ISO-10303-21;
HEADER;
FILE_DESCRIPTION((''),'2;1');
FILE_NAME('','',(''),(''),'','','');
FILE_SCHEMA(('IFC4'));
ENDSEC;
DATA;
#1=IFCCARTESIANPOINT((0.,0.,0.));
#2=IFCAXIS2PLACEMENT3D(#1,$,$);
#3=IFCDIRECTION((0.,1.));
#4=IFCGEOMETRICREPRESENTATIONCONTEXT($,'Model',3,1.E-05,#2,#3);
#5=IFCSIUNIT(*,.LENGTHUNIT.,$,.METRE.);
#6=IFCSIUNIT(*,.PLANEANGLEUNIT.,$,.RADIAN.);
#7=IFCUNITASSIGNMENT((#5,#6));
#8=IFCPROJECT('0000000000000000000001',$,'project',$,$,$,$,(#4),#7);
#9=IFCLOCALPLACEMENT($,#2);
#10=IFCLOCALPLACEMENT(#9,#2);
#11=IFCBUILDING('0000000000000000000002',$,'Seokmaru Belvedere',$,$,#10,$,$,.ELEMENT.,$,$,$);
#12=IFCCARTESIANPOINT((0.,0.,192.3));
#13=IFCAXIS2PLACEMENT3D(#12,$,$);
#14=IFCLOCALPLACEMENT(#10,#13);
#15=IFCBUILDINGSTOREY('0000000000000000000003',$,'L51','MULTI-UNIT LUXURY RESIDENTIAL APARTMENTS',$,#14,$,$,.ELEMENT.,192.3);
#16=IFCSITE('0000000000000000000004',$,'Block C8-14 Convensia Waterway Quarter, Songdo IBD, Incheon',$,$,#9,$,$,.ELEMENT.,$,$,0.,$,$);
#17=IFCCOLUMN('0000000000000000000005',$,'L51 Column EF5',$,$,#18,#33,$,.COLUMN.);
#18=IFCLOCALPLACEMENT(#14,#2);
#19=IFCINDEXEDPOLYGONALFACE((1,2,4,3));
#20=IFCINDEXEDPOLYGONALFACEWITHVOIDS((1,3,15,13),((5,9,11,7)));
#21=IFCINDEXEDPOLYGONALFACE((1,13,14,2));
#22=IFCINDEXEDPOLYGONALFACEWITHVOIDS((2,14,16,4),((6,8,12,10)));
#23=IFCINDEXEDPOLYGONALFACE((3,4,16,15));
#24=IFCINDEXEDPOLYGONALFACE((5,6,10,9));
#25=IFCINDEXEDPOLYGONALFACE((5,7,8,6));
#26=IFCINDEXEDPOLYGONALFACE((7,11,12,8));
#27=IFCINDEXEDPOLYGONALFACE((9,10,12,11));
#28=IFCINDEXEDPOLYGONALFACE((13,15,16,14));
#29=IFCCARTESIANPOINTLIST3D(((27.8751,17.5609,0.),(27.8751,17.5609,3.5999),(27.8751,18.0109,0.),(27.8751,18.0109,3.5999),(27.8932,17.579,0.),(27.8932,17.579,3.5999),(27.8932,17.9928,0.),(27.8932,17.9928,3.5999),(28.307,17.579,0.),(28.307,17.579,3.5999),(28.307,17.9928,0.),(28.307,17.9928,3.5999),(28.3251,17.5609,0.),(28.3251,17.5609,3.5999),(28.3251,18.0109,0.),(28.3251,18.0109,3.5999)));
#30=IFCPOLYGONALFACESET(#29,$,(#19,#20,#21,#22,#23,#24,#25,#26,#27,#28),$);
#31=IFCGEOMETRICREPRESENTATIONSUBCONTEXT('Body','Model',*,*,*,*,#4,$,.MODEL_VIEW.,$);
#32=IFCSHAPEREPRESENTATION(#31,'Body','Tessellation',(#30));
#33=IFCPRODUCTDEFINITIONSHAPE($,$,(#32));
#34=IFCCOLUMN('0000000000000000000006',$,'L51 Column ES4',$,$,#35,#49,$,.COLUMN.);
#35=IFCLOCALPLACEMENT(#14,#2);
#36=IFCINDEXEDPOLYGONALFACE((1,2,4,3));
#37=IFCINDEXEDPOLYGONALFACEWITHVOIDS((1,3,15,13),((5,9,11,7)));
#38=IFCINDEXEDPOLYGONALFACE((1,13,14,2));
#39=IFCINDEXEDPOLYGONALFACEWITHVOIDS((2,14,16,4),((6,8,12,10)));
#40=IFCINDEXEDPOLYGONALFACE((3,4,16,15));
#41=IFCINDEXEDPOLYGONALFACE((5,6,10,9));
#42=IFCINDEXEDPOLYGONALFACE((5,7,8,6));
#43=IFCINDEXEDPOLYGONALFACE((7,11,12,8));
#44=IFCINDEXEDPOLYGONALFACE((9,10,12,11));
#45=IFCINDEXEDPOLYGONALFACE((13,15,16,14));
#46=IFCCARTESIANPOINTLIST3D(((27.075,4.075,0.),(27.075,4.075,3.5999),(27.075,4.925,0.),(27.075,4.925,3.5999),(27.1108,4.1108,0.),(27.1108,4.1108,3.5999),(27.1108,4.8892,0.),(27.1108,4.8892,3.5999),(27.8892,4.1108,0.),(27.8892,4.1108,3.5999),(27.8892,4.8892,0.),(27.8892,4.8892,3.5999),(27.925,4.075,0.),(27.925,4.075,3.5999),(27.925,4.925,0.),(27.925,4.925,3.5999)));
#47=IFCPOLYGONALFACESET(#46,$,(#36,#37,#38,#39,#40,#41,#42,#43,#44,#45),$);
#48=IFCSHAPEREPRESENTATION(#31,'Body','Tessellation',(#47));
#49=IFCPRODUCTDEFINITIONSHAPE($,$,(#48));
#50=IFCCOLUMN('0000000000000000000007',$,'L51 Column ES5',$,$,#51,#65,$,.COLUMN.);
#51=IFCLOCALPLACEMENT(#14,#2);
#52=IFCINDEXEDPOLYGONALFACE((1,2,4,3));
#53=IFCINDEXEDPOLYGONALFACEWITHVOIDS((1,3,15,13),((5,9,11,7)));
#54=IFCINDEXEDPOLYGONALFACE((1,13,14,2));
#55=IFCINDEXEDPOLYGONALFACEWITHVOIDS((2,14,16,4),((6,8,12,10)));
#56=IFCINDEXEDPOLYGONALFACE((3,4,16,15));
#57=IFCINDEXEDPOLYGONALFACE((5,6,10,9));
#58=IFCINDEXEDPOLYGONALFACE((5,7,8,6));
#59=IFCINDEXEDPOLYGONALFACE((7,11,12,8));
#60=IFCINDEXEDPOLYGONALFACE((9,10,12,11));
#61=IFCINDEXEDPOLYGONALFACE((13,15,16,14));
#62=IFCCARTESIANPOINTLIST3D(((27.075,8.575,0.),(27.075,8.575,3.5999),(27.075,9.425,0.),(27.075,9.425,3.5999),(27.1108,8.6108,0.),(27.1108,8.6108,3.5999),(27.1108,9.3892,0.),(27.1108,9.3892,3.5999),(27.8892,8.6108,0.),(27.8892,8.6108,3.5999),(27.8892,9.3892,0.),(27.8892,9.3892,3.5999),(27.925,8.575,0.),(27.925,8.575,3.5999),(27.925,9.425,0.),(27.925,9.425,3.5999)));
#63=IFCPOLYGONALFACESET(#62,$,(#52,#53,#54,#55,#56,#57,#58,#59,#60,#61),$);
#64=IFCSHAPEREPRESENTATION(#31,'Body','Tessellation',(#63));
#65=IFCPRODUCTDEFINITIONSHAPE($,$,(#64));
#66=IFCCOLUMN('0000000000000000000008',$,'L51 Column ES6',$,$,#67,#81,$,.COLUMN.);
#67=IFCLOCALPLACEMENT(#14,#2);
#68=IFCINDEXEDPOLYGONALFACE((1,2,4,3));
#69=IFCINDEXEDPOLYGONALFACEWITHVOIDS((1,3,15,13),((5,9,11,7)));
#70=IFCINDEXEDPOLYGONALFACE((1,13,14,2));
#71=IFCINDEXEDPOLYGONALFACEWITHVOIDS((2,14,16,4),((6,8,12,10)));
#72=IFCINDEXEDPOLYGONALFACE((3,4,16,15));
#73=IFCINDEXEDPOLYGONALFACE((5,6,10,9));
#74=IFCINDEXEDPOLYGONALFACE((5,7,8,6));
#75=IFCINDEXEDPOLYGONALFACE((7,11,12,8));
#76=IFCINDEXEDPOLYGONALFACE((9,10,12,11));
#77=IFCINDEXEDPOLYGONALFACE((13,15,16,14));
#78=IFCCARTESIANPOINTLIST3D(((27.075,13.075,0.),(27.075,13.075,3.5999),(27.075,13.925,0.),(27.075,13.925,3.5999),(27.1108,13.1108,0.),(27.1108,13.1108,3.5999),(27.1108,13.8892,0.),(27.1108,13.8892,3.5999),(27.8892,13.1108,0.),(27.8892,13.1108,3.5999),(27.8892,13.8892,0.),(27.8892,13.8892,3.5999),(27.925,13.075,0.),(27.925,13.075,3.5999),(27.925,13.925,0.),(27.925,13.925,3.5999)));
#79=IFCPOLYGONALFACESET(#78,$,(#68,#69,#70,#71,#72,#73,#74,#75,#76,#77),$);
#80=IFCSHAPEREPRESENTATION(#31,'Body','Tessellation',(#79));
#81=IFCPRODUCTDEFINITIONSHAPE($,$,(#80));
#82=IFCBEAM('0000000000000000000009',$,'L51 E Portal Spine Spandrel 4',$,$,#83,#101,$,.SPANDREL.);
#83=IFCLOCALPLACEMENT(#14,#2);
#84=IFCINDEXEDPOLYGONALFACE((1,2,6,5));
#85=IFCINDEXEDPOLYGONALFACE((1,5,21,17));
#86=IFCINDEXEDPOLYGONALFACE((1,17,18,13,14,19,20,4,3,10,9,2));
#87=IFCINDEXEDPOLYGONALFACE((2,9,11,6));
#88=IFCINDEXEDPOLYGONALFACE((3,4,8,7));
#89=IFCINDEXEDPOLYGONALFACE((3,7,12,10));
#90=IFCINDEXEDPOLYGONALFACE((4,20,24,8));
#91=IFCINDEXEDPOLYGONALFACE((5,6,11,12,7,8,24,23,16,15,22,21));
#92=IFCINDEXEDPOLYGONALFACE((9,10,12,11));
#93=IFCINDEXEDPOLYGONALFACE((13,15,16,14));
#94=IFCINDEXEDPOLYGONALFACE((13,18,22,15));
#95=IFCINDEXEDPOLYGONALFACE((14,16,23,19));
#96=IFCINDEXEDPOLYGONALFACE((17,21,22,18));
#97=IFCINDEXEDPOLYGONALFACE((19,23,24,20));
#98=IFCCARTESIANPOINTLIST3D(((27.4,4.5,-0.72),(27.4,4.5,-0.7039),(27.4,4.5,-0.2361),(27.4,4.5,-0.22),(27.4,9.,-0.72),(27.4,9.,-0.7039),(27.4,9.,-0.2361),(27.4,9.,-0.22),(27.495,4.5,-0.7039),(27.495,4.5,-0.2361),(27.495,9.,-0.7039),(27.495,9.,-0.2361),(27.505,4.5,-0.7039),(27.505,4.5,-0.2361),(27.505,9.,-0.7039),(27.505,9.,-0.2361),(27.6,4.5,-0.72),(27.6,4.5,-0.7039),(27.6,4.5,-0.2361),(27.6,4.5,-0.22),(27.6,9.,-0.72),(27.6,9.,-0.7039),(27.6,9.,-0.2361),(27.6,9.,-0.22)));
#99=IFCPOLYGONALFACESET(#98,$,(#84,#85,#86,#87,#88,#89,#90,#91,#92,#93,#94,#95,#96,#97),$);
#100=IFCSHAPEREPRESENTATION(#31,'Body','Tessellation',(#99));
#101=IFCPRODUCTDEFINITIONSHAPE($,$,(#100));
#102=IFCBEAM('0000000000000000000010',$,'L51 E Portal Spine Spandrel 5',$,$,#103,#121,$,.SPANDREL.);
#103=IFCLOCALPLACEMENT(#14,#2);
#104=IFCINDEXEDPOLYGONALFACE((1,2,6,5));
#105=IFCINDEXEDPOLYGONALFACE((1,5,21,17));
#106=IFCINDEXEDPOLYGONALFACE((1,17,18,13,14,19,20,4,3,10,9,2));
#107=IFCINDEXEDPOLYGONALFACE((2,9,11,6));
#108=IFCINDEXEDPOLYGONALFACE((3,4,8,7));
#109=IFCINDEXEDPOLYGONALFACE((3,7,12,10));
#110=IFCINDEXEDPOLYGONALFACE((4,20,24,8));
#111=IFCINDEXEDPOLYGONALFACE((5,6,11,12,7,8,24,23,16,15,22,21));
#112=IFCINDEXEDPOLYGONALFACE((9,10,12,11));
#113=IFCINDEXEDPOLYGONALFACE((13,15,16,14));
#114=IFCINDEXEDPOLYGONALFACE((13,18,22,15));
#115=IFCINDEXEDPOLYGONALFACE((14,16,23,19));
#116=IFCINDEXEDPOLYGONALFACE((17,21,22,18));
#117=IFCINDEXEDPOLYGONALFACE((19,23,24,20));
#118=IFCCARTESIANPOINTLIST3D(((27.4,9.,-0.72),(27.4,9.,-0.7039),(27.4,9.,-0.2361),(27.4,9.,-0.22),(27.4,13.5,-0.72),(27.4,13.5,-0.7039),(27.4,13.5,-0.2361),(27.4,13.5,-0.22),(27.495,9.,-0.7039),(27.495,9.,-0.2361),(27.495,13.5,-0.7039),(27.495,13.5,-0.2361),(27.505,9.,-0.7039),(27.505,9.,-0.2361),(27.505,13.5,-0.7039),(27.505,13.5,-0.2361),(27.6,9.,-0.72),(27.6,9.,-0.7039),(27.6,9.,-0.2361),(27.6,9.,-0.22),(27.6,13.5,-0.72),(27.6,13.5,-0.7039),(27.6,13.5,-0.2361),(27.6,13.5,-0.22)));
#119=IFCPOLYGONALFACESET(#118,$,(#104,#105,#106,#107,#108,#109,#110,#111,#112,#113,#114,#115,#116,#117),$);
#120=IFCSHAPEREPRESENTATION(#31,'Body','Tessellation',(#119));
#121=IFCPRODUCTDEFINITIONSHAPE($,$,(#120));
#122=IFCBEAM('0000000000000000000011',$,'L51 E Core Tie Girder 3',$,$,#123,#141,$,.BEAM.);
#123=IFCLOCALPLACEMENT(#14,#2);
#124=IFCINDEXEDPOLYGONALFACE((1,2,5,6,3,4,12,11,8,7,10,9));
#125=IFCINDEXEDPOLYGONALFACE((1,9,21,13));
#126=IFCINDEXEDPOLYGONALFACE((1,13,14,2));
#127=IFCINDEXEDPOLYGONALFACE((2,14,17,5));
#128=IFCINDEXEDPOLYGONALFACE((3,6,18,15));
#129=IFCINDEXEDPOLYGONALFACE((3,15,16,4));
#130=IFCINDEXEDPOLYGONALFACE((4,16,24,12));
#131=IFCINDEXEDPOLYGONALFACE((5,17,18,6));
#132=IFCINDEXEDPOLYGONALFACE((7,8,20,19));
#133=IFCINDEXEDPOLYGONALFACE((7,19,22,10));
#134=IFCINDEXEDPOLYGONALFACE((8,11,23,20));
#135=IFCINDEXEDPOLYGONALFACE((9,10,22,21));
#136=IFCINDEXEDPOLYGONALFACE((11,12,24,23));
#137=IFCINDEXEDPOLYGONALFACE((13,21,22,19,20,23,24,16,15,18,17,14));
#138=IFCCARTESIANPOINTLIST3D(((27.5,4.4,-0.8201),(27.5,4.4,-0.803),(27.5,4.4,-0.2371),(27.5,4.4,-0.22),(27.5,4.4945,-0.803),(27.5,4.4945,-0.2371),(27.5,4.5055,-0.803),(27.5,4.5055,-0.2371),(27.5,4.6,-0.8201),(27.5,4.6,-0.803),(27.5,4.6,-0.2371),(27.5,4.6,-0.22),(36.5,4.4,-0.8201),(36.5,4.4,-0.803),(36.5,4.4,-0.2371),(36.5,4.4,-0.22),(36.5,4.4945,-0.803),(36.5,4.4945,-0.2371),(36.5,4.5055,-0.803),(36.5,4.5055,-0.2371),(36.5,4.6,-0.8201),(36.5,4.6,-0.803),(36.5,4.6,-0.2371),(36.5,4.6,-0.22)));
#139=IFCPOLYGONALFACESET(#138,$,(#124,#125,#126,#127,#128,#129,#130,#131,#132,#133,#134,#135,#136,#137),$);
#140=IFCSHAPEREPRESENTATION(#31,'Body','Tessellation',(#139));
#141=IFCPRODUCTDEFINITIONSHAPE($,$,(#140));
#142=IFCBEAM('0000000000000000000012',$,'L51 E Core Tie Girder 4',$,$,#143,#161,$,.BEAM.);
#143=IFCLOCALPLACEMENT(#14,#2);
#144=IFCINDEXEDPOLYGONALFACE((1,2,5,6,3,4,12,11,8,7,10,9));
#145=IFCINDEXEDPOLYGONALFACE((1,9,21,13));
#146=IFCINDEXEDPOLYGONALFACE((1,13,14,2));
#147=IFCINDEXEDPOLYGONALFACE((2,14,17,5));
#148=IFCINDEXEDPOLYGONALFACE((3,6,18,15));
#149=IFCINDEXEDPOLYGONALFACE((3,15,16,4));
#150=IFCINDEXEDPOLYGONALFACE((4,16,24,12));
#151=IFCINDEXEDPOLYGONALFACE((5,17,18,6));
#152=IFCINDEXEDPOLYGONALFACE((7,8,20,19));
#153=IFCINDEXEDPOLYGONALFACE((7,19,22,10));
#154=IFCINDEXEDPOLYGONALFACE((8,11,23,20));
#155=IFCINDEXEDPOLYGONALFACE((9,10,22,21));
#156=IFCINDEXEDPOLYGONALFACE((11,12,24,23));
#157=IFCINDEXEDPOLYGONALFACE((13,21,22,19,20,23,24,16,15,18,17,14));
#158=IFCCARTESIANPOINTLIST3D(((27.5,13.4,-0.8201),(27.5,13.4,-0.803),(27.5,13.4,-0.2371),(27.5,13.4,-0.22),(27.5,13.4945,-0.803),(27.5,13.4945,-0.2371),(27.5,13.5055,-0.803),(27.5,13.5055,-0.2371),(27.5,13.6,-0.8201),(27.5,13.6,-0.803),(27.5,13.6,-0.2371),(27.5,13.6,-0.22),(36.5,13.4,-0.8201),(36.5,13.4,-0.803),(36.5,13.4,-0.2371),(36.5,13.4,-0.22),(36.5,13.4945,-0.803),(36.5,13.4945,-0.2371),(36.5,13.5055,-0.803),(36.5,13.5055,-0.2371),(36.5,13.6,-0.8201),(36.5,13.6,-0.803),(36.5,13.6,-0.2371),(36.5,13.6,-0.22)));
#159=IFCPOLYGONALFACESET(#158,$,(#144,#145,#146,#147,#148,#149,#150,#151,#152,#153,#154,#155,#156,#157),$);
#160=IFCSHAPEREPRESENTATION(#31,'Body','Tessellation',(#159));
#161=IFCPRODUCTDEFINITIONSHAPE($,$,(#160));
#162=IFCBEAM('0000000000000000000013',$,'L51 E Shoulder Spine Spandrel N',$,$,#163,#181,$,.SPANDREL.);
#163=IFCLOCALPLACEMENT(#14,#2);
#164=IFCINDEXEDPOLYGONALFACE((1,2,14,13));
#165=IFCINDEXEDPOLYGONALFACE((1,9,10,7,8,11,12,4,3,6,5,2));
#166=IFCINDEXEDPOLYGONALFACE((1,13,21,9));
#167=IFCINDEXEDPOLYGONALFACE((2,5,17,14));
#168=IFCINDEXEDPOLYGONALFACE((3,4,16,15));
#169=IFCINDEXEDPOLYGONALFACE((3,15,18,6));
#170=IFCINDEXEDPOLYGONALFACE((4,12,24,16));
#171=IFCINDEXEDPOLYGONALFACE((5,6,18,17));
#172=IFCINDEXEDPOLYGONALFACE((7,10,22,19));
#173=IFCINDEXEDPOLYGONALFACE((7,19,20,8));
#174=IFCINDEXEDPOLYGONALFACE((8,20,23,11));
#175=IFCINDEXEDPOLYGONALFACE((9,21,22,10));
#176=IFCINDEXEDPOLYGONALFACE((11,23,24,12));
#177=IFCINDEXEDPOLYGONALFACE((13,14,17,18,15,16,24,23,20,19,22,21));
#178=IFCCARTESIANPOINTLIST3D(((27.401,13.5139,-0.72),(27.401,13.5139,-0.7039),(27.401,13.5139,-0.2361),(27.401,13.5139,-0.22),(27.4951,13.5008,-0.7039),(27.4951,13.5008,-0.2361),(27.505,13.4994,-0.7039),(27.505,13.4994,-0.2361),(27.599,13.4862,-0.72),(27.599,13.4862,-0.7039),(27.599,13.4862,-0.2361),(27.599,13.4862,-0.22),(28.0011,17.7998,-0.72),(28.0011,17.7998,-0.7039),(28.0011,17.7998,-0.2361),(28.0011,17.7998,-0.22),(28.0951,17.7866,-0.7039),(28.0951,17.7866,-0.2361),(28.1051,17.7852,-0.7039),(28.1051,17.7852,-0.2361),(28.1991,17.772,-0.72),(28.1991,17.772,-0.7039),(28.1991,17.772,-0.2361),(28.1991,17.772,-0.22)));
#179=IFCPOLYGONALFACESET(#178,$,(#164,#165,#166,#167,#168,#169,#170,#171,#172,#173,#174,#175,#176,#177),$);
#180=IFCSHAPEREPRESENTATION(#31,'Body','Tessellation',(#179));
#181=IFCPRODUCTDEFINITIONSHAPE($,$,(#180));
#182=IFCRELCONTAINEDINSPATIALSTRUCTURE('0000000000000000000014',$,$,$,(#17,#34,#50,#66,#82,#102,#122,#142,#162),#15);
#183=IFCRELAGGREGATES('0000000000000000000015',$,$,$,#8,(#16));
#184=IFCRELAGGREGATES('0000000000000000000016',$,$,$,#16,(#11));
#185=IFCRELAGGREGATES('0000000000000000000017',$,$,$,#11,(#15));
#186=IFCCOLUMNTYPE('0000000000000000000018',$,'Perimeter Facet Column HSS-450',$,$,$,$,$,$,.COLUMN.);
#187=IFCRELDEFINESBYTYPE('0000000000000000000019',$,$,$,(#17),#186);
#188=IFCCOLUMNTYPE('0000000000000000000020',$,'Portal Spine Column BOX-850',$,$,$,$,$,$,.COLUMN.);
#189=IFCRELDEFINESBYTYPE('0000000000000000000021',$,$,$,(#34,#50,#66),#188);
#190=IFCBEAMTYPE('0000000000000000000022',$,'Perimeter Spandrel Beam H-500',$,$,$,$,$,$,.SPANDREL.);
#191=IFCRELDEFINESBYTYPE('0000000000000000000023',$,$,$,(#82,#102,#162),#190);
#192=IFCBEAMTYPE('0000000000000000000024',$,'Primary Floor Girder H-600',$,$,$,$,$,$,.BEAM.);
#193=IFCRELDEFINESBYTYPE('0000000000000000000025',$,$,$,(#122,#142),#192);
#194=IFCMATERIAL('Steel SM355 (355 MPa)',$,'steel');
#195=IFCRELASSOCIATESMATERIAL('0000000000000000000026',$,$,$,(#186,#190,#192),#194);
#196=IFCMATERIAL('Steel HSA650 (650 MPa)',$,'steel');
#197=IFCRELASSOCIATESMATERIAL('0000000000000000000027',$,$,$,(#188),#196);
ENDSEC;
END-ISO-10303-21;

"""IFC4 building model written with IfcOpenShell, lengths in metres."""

from ifc_helpers import new_model, si_unit, direction, frame, origin, origin_2d, place, context, subcontext, project, spatial, hollow_rectangle, i_section, extrude, source, transform, mapped, material, material_profile, profile_set, type_object, type_shapes, element, save


model = new_model("IFC4")

# Units and contexts
model_context = context("Model", 3, precision=1e-05, world=origin(), true_north=direction((0.0, 1.0)))
body_context = subcontext(model_context, "Body", "Model", "MODEL_VIEW")
ifc_project = project(units=[si_unit("LENGTHUNIT", "METRE"), si_unit("PLANEANGLEUNIT", "RADIAN")], contexts=[model_context])

# Site, building, storey
site_placement = place(None, origin())
site = spatial("IfcSite", under=ifc_project, at=site_placement, Name="Block C8-14 Convensia Waterway Quarter, Songdo IBD, Incheon", CompositionType="ELEMENT", RefElevation=0.0)
building_placement = place(site_placement, origin())
building = spatial("IfcBuilding", under=site, at=building_placement, Name="Seokmaru Belvedere", CompositionType="ELEMENT")
storey_placement = place(building_placement, frame((0.0, 0.0, 192.3)))
storey = spatial("IfcBuildingStorey", under=building, at=storey_placement, Name="L51", Description="MULTI-UNIT LUXURY RESIDENTIAL APARTMENTS", CompositionType="ELEMENT", Elevation=192.3)

# Columns
ifc_material_1 = material(Name="Steel SM355 (355 MPa)", Category="steel")
ifc_material_profile_1 = material_profile(ifc_material_1, hollow_rectangle(XDim=0.45, YDim=0.45, WallThickness=0.0181, at=origin_2d()), Name="HSS-450x450x18")
ifc_profile_set_1 = profile_set([ifc_material_profile_1], Name="Steel SM355 (355 MPa)")
column_type_1 = type_object("IfcColumnType", Name="Perimeter Facet Column HSS-450", PredefinedType="COLUMN", material=ifc_profile_set_1)
shared_shape_1 = source(origin(), body_context, "Body", "SweptSolid", [
    extrude(hollow_rectangle(XDim=0.45, YDim=0.45, WallThickness=0.0181, at=origin_2d()), origin(), (0.0, 0.0, 1.0), 3.5999),
])
type_shapes(column_type_1, [shared_shape_1])
column_placement = place(storey_placement, frame((28.1001, 17.7859, 0.0), z_axis=(0.0, 0.0, 1.0), x_axis=(1.0, 0.0, 0.0)))
element("IfcColumn", 1, at=column_placement, inside=storey, type_object=column_type_1, Name="L51 Column EF5", PredefinedType="COLUMN", context=body_context, shape_type="MappedRepresentation", body=[
    mapped(shared_shape_1, transform((0.0, 0.0, 0.0), scale=1.0)),
])
ifc_material_2 = material(Name="Steel HSA650 (650 MPa)", Category="steel")
ifc_material_profile_2 = material_profile(ifc_material_2, hollow_rectangle(XDim=0.8501, YDim=0.8501, WallThickness=0.0359, at=origin_2d()), Name="BOX-850x850x36")
ifc_profile_set_2 = profile_set([ifc_material_profile_2], Name="Steel HSA650 (650 MPa)")
column_type_2 = type_object("IfcColumnType", Name="Portal Spine Column BOX-850", PredefinedType="COLUMN", material=ifc_profile_set_2)
shared_shape_2 = source(origin(), body_context, "Body", "SweptSolid", [
    extrude(hollow_rectangle(XDim=0.8501, YDim=0.8501, WallThickness=0.0359, at=origin_2d()), origin(), (0.0, 0.0, 1.0), 3.5999),
])
type_shapes(column_type_2, [shared_shape_2])
for number, where, z_axis, x_axis, name in (
    (2, (27.5, 4.5, 0.0), (0.0, 0.0, 1.0), (1.0, 0.0, 0.0), "L51 Column ES4"),
    (3, (27.5, 9.0, 0.0), (0.0, 0.0, 1.0), (1.0, 0.0, 0.0), "L51 Column ES5"),
    (4, (27.5, 13.5, 0.0), (0.0, 0.0, 1.0), (1.0, 0.0, 0.0), "L51 Column ES6"),
):
    element("IfcColumn", number, at=place(storey_placement, frame(where, z_axis=z_axis, x_axis=x_axis)), inside=storey, type_object=column_type_2, Name=name, PredefinedType="COLUMN", context=body_context, shape_type="MappedRepresentation", body=[
        mapped(shared_shape_2, transform((0.0, 0.0, 0.0), scale=1.0)),
    ])

# Beams
ifc_material_profile_3 = material_profile(ifc_material_1, i_section(OverallWidth=0.2, OverallDepth=0.5, WebThickness=0.01, FlangeThickness=0.0161, at=origin_2d()), Name="H-500x200x10x16")
ifc_profile_set_3 = profile_set([ifc_material_profile_3], Name="Steel SM355 (355 MPa)")
beam_type_1 = type_object("IfcBeamType", Name="Perimeter Spandrel Beam H-500", PredefinedType="SPANDREL", material=ifc_profile_set_3)
shared_shape_3 = source(origin(), body_context, "Body", "SweptSolid", [
    extrude(i_section(OverallWidth=0.2, OverallDepth=0.5, WebThickness=0.01, FlangeThickness=0.0161, at=origin_2d()), origin(), (0.0, 0.0, 1.0), 4.5),
])
for number, where, z_axis, x_axis, name in (
    (5, (27.5, 4.5, -0.47), (0.0, 1.0, 0.0), (-1.0, 0.0, 0.0), "L51 E Portal Spine Spandrel 4"),
    (6, (27.5, 9.0, -0.47), (0.0, 1.0, 0.0), (-1.0, 0.0, 0.0), "L51 E Portal Spine Spandrel 5"),
):
    element("IfcBeam", number, at=place(storey_placement, frame(where, z_axis=z_axis, x_axis=x_axis)), inside=storey, type_object=beam_type_1, Name=name, PredefinedType="SPANDREL", context=body_context, shape_type="MappedRepresentation", body=[
        mapped(shared_shape_3, transform((0.0, 0.0, 0.0), scale=1.0)),
    ])
ifc_material_profile_4 = material_profile(ifc_material_1, i_section(OverallWidth=0.2, OverallDepth=0.6001, WebThickness=0.011, FlangeThickness=0.0171, at=origin_2d()), Name="H-600x200x11x17")
ifc_profile_set_4 = profile_set([ifc_material_profile_4], Name="Steel SM355 (355 MPa)")
beam_type_2 = type_object("IfcBeamType", Name="Primary Floor Girder H-600", PredefinedType="BEAM", material=ifc_profile_set_4)
shared_shape_4 = source(origin(), body_context, "Body", "SweptSolid", [
    extrude(i_section(OverallWidth=0.2, OverallDepth=0.6001, WebThickness=0.011, FlangeThickness=0.0171, at=origin_2d()), origin(), (0.0, 0.0, 1.0), 9.0),
])
type_shapes(beam_type_2, [shared_shape_4])
for number, where, z_axis, x_axis, name in (
    (7, (27.5, 4.5, -0.52), (1.0, 0.0, 0.0), (0.0, 1.0, 0.0), "L51 E Core Tie Girder 3"),
    (8, (27.5, 13.5, -0.52), (1.0, 0.0, 0.0), (0.0, 1.0, 0.0), "L51 E Core Tie Girder 4"),
):
    element("IfcBeam", number, at=place(storey_placement, frame(where, z_axis=z_axis, x_axis=x_axis)), inside=storey, type_object=beam_type_2, Name=name, PredefinedType="BEAM", context=body_context, shape_type="MappedRepresentation", body=[
        mapped(shared_shape_4, transform((0.0, 0.0, 0.0), scale=1.0)),
    ])
shared_shape_5 = source(origin(), body_context, "Body", "SweptSolid", [
    extrude(i_section(OverallWidth=0.2, OverallDepth=0.5, WebThickness=0.01, FlangeThickness=0.0161, at=origin_2d()), origin(), (0.0, 0.0, 1.0), 4.3276),
])
type_shapes(beam_type_1, [shared_shape_3, shared_shape_5])
beam_placement = place(storey_placement, frame((28.1001, 17.7859, -0.47), z_axis=(-0.138664, -0.990339, 0.0), x_axis=(0.990339, -0.138664, 0.0)))
element("IfcBeam", 9, at=beam_placement, inside=storey, type_object=beam_type_1, Name="L51 E Shoulder Spine Spandrel N", PredefinedType="SPANDREL", context=body_context, shape_type="MappedRepresentation", body=[
    mapped(shared_shape_5, transform((0.0, 0.0, 0.0), scale=1.0)),
])

save(model, "model.ifc")
